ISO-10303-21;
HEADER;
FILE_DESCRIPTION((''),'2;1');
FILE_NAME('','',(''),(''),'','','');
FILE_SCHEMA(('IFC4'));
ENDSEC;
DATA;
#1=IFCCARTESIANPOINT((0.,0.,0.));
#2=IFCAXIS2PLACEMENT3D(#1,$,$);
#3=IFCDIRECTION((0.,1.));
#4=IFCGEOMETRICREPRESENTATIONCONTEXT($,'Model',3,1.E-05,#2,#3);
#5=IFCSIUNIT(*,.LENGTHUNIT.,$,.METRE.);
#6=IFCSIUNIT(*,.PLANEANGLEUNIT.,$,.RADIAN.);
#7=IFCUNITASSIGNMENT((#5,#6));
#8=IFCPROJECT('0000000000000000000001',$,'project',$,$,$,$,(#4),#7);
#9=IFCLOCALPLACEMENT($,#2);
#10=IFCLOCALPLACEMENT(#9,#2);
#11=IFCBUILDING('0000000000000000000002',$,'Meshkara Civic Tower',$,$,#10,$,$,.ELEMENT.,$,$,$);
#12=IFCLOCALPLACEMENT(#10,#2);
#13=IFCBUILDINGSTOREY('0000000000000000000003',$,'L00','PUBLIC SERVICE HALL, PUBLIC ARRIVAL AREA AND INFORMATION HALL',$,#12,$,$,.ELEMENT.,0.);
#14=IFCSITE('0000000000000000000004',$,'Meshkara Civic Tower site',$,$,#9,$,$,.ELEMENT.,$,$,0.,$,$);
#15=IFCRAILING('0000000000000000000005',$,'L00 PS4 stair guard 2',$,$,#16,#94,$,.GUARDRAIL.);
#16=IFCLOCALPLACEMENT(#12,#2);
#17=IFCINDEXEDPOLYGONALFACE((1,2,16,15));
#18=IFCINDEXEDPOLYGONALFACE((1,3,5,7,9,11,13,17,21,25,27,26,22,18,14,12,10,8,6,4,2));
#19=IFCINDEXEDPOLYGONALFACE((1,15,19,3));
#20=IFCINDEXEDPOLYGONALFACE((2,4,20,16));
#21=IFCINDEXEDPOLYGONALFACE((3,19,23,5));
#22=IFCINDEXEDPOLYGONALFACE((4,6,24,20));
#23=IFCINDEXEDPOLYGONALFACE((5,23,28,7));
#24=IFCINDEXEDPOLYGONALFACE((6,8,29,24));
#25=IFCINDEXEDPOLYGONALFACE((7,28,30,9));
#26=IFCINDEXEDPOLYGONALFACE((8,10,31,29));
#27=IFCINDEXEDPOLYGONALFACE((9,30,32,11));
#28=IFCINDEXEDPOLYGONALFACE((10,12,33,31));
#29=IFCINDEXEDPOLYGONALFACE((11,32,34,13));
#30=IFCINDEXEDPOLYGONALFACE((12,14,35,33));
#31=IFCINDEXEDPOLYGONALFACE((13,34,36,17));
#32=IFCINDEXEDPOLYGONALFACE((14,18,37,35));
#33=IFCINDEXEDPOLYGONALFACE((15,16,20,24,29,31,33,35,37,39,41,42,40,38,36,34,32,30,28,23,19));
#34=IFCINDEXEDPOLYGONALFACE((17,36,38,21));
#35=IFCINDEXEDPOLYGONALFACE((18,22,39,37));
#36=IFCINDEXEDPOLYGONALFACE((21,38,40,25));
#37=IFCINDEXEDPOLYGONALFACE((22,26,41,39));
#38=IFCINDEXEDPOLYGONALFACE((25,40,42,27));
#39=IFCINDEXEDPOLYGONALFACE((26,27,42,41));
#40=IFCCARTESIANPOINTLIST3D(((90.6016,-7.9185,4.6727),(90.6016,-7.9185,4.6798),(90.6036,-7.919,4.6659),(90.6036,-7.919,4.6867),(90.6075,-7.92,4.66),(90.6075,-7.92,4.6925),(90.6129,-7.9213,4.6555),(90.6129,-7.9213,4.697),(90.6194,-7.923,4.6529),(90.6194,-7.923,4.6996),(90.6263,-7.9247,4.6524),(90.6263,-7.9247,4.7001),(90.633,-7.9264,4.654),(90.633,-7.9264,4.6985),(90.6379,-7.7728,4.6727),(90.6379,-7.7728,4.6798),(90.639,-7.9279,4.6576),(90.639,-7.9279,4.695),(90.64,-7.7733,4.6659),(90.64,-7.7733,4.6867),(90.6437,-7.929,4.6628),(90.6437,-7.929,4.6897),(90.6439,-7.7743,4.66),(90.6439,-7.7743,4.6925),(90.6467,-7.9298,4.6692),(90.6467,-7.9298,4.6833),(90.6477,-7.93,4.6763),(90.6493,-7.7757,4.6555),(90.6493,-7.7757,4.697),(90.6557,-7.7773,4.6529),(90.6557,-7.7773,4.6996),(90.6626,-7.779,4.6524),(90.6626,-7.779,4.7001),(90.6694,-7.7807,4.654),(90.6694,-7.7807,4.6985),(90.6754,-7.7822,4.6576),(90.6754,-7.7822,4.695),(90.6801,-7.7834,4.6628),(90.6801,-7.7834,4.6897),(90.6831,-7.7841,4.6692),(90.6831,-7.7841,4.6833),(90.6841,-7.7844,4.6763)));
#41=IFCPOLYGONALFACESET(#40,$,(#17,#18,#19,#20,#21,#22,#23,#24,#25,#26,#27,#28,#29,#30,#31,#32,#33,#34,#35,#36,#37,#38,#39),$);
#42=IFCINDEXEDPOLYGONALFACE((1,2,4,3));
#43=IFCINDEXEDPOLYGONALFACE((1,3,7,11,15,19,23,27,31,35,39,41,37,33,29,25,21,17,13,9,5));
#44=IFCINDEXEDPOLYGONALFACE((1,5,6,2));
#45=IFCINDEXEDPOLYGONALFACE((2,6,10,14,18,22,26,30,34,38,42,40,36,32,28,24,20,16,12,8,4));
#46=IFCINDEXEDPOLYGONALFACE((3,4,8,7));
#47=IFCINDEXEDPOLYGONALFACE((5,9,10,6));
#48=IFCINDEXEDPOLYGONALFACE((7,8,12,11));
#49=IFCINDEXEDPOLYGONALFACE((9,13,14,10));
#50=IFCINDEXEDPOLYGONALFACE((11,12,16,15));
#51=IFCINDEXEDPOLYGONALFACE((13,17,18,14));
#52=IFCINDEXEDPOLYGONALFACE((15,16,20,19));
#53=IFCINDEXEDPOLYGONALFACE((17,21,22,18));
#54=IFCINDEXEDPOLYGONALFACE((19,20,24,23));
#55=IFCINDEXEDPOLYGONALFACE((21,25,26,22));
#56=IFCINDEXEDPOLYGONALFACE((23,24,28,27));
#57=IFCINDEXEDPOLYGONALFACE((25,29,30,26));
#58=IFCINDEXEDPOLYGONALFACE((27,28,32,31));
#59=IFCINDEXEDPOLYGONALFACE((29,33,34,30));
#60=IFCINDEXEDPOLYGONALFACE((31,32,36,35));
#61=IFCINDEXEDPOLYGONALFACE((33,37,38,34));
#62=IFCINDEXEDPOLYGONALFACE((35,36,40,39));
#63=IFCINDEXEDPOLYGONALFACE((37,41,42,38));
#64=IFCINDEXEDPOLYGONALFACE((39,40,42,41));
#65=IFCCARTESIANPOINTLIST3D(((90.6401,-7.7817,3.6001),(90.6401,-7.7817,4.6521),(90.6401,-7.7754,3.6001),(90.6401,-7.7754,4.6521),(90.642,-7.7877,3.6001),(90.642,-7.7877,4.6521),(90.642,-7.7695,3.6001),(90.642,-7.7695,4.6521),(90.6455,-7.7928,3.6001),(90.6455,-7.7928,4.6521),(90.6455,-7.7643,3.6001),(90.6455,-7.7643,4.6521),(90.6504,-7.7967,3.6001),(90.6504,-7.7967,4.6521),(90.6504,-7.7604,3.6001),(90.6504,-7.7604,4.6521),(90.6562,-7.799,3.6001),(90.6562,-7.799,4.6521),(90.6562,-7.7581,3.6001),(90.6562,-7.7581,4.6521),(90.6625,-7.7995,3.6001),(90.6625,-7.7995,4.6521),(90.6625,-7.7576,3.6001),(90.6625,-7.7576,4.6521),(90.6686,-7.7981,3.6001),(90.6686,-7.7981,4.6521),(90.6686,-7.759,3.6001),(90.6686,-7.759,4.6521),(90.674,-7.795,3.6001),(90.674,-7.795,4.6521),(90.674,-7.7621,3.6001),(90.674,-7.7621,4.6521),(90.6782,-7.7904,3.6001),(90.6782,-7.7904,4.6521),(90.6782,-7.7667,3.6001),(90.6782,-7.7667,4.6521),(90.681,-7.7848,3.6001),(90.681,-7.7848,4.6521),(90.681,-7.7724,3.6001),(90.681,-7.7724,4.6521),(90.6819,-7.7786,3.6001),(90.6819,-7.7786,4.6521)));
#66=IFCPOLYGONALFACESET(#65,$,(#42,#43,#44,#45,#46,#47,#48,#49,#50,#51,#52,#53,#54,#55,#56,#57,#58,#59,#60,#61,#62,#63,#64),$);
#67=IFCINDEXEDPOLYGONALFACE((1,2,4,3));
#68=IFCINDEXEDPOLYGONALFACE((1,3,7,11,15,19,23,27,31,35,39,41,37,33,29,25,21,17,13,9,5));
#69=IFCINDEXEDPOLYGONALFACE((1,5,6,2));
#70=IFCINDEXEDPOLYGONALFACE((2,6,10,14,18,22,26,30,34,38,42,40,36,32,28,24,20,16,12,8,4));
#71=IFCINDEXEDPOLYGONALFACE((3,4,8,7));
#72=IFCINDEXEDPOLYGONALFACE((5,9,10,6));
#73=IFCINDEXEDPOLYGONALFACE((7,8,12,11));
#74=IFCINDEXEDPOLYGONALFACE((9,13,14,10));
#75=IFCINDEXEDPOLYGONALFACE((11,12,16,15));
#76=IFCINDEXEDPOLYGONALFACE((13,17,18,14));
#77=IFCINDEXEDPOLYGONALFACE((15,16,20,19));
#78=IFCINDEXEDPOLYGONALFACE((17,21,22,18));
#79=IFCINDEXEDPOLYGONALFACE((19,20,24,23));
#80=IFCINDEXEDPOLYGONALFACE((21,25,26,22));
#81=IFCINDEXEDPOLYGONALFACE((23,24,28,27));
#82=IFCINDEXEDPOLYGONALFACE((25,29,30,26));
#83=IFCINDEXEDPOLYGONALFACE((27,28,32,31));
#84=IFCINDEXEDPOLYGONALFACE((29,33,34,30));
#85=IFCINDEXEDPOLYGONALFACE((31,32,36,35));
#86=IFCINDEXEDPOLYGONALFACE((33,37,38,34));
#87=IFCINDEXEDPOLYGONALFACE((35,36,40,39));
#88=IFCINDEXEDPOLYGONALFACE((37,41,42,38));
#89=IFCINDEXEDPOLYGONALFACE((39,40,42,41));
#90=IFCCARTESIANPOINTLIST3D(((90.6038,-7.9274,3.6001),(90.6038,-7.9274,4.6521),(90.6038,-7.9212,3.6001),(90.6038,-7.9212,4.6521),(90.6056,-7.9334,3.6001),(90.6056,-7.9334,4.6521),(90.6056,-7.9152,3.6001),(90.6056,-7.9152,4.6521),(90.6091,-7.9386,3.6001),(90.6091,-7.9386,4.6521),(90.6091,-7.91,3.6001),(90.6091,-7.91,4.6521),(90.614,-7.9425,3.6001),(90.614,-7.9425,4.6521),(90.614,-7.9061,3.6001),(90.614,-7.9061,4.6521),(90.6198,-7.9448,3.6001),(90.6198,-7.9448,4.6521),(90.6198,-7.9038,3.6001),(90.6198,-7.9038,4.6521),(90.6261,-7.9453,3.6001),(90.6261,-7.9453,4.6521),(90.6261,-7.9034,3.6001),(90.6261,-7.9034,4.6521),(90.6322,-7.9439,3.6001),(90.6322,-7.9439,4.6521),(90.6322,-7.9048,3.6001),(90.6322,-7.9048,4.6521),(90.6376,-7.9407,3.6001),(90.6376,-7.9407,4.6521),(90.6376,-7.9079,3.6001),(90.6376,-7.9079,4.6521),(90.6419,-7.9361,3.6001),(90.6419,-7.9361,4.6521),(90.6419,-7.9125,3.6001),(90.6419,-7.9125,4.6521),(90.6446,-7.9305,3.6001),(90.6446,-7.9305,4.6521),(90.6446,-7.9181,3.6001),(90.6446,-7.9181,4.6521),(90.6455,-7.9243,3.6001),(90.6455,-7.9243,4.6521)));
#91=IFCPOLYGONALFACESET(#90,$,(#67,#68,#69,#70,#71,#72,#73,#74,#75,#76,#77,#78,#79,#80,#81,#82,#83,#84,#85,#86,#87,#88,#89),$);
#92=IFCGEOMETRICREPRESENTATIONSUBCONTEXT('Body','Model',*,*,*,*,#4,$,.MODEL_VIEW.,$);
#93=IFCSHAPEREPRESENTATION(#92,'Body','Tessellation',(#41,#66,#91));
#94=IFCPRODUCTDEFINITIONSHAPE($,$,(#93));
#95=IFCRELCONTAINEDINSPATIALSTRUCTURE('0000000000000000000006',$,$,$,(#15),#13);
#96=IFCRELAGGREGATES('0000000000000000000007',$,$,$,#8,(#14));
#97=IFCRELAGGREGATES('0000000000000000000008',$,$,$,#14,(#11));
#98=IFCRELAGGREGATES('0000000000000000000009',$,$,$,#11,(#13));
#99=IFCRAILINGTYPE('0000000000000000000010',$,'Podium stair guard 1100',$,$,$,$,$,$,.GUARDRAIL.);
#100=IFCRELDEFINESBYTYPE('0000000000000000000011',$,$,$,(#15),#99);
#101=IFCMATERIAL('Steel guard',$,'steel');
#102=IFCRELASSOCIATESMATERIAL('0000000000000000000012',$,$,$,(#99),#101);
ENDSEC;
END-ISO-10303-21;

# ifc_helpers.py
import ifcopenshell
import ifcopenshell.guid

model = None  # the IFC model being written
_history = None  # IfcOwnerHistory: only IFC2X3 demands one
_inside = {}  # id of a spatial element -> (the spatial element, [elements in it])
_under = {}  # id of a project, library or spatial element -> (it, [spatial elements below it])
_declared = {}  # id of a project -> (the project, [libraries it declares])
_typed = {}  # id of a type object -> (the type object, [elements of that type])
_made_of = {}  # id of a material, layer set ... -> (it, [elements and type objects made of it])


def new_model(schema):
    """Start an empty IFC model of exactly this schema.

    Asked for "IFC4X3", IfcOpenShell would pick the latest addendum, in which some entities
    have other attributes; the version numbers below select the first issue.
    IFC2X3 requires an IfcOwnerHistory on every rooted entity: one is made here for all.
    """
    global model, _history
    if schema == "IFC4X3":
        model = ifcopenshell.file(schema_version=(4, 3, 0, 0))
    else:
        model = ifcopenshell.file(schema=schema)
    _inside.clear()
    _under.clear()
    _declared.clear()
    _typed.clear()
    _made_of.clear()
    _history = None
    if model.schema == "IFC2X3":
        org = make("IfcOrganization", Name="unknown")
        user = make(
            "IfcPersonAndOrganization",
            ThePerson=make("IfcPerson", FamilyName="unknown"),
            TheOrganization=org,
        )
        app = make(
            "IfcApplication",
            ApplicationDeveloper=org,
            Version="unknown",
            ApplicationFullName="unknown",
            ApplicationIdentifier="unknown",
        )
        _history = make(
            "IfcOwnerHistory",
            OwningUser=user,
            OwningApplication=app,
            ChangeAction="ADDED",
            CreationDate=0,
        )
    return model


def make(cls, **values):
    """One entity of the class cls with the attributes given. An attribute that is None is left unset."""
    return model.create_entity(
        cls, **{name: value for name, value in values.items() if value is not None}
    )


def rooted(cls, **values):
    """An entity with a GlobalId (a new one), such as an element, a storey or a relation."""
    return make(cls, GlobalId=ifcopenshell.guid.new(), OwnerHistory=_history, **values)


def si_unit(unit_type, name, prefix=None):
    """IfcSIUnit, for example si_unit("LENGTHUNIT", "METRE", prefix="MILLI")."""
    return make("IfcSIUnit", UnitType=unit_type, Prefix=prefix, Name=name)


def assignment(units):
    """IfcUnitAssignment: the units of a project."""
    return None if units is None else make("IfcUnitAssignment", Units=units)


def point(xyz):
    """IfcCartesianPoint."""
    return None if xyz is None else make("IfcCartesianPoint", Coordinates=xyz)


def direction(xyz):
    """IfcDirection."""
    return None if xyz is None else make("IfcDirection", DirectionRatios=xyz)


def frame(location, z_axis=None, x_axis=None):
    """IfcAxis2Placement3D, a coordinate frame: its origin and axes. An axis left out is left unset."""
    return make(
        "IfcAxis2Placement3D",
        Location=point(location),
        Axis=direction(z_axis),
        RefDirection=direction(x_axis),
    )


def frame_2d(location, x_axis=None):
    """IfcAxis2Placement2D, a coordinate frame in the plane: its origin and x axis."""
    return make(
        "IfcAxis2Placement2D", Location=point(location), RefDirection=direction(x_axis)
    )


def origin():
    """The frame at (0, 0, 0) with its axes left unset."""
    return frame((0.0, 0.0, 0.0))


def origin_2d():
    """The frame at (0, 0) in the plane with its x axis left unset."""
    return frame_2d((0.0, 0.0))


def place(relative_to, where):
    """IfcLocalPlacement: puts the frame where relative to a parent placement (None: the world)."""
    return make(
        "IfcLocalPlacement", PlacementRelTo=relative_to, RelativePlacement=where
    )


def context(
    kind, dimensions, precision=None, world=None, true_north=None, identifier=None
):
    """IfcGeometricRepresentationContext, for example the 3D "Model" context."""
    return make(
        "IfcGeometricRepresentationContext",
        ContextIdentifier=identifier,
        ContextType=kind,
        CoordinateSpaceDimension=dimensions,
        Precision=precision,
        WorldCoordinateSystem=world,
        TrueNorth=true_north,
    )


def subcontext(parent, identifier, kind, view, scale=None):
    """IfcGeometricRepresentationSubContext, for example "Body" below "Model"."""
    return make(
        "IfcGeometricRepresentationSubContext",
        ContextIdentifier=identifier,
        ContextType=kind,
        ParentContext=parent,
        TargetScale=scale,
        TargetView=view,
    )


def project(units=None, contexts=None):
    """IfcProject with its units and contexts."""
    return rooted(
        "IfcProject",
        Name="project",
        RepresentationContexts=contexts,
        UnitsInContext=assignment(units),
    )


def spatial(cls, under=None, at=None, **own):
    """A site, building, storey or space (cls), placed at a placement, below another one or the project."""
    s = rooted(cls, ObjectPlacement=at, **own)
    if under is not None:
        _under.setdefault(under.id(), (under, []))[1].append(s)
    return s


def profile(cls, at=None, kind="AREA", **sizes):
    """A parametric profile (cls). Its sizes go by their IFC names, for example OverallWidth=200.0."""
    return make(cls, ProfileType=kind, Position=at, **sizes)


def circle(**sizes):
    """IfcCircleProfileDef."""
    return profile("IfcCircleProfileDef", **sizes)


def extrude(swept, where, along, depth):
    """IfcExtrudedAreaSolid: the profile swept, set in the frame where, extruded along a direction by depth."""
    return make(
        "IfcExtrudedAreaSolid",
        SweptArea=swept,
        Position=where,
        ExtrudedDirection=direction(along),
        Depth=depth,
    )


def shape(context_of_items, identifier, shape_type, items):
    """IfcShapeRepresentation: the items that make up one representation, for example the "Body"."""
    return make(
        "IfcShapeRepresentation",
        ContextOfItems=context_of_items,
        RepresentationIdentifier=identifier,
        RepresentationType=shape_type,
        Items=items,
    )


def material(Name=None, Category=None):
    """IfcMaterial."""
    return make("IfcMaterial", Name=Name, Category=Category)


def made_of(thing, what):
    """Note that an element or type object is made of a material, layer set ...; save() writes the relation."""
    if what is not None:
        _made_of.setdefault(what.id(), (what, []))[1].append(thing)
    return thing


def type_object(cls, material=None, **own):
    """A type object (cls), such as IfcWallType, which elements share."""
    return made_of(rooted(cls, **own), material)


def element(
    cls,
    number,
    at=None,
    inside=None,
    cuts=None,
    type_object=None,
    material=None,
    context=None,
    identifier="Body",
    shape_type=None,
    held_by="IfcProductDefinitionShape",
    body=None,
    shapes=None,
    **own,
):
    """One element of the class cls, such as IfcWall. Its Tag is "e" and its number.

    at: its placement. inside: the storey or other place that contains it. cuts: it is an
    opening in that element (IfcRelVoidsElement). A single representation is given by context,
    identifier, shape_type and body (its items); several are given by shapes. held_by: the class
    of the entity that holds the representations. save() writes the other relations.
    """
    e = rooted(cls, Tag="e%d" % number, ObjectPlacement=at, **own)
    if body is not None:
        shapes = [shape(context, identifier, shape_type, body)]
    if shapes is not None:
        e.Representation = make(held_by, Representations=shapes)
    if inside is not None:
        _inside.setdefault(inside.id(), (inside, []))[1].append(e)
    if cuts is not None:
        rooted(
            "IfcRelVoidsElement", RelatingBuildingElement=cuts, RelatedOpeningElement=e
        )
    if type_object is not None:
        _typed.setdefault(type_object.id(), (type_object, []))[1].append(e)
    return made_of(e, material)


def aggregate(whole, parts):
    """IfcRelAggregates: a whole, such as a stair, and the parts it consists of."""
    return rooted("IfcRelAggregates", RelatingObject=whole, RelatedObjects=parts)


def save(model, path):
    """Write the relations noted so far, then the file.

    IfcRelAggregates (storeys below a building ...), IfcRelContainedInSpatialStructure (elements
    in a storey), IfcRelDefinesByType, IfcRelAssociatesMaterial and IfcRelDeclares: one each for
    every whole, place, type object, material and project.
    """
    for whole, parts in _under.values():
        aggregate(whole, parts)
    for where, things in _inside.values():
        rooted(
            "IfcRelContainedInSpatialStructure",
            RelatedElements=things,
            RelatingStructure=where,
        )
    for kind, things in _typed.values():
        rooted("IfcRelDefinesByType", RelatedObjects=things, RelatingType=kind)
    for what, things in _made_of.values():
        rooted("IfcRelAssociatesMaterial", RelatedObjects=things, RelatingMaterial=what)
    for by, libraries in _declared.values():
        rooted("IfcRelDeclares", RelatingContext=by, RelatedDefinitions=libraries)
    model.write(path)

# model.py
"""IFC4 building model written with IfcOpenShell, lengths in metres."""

from ifc_helpers import new_model, si_unit, direction, frame, origin, origin_2d, place, context, subcontext, project, spatial, circle, extrude, material, type_object, element, save


model = new_model("IFC4")

# Units and contexts
model_context = context("Model", 3, precision=1e-05, world=origin(), true_north=direction((0.0, 1.0)))
body_context = subcontext(model_context, "Body", "Model", "MODEL_VIEW")
ifc_project = project(units=[si_unit("LENGTHUNIT", "METRE"), si_unit("PLANEANGLEUNIT", "RADIAN")], contexts=[model_context])

# Site, building, storey
site_placement = place(None, origin())
site = spatial("IfcSite", under=ifc_project, at=site_placement, Name="Meshkara Civic Tower site", CompositionType="ELEMENT", RefElevation=0.0)
building_placement = place(site_placement, origin())
building = spatial("IfcBuilding", under=site, at=building_placement, Name="Meshkara Civic Tower", CompositionType="ELEMENT")
storey_placement = place(building_placement, origin())
storey = spatial("IfcBuildingStorey", under=building, at=storey_placement, Name="L00", Description="PUBLIC SERVICE HALL, PUBLIC ARRIVAL AREA AND INFORMATION HALL", CompositionType="ELEMENT", Elevation=0.0)

# Railing
ifc_material_1 = material(Name="Steel guard", Category="steel")
railing_type_1 = type_object("IfcRailingType", Name="Podium stair guard 1100", PredefinedType="GUARDRAIL", material=ifc_material_1)
railing_1_placement = place(storey_placement, frame((90.6609, -7.7786, 3.6001)))
element("IfcRailing", 1, at=railing_1_placement, inside=storey, type_object=railing_type_1, Name="L00 PS4 stair guard 2", PredefinedType="GUARDRAIL", context=body_context, shape_type="SweptSolid", body=[
    extrude(circle(Radius=0.0239, at=origin_2d()), frame((0.0, 0.0, 1.0762), z_axis=(-0.242153, -0.970238, 0.0), x_axis=(0.970238, -0.242153, 0.0)), (0.0, 0.0, 1.0), 0.1501),
    extrude(circle(Radius=0.021, at=origin_2d()), origin(), (0.0, 0.0, 1.0), 1.052),
    extrude(circle(Radius=0.021, at=origin_2d()), frame((-0.0364, -0.1458, 0.0)), (0.0, 0.0, 1.0), 1.052),
])

save(model, "model.ifc")
